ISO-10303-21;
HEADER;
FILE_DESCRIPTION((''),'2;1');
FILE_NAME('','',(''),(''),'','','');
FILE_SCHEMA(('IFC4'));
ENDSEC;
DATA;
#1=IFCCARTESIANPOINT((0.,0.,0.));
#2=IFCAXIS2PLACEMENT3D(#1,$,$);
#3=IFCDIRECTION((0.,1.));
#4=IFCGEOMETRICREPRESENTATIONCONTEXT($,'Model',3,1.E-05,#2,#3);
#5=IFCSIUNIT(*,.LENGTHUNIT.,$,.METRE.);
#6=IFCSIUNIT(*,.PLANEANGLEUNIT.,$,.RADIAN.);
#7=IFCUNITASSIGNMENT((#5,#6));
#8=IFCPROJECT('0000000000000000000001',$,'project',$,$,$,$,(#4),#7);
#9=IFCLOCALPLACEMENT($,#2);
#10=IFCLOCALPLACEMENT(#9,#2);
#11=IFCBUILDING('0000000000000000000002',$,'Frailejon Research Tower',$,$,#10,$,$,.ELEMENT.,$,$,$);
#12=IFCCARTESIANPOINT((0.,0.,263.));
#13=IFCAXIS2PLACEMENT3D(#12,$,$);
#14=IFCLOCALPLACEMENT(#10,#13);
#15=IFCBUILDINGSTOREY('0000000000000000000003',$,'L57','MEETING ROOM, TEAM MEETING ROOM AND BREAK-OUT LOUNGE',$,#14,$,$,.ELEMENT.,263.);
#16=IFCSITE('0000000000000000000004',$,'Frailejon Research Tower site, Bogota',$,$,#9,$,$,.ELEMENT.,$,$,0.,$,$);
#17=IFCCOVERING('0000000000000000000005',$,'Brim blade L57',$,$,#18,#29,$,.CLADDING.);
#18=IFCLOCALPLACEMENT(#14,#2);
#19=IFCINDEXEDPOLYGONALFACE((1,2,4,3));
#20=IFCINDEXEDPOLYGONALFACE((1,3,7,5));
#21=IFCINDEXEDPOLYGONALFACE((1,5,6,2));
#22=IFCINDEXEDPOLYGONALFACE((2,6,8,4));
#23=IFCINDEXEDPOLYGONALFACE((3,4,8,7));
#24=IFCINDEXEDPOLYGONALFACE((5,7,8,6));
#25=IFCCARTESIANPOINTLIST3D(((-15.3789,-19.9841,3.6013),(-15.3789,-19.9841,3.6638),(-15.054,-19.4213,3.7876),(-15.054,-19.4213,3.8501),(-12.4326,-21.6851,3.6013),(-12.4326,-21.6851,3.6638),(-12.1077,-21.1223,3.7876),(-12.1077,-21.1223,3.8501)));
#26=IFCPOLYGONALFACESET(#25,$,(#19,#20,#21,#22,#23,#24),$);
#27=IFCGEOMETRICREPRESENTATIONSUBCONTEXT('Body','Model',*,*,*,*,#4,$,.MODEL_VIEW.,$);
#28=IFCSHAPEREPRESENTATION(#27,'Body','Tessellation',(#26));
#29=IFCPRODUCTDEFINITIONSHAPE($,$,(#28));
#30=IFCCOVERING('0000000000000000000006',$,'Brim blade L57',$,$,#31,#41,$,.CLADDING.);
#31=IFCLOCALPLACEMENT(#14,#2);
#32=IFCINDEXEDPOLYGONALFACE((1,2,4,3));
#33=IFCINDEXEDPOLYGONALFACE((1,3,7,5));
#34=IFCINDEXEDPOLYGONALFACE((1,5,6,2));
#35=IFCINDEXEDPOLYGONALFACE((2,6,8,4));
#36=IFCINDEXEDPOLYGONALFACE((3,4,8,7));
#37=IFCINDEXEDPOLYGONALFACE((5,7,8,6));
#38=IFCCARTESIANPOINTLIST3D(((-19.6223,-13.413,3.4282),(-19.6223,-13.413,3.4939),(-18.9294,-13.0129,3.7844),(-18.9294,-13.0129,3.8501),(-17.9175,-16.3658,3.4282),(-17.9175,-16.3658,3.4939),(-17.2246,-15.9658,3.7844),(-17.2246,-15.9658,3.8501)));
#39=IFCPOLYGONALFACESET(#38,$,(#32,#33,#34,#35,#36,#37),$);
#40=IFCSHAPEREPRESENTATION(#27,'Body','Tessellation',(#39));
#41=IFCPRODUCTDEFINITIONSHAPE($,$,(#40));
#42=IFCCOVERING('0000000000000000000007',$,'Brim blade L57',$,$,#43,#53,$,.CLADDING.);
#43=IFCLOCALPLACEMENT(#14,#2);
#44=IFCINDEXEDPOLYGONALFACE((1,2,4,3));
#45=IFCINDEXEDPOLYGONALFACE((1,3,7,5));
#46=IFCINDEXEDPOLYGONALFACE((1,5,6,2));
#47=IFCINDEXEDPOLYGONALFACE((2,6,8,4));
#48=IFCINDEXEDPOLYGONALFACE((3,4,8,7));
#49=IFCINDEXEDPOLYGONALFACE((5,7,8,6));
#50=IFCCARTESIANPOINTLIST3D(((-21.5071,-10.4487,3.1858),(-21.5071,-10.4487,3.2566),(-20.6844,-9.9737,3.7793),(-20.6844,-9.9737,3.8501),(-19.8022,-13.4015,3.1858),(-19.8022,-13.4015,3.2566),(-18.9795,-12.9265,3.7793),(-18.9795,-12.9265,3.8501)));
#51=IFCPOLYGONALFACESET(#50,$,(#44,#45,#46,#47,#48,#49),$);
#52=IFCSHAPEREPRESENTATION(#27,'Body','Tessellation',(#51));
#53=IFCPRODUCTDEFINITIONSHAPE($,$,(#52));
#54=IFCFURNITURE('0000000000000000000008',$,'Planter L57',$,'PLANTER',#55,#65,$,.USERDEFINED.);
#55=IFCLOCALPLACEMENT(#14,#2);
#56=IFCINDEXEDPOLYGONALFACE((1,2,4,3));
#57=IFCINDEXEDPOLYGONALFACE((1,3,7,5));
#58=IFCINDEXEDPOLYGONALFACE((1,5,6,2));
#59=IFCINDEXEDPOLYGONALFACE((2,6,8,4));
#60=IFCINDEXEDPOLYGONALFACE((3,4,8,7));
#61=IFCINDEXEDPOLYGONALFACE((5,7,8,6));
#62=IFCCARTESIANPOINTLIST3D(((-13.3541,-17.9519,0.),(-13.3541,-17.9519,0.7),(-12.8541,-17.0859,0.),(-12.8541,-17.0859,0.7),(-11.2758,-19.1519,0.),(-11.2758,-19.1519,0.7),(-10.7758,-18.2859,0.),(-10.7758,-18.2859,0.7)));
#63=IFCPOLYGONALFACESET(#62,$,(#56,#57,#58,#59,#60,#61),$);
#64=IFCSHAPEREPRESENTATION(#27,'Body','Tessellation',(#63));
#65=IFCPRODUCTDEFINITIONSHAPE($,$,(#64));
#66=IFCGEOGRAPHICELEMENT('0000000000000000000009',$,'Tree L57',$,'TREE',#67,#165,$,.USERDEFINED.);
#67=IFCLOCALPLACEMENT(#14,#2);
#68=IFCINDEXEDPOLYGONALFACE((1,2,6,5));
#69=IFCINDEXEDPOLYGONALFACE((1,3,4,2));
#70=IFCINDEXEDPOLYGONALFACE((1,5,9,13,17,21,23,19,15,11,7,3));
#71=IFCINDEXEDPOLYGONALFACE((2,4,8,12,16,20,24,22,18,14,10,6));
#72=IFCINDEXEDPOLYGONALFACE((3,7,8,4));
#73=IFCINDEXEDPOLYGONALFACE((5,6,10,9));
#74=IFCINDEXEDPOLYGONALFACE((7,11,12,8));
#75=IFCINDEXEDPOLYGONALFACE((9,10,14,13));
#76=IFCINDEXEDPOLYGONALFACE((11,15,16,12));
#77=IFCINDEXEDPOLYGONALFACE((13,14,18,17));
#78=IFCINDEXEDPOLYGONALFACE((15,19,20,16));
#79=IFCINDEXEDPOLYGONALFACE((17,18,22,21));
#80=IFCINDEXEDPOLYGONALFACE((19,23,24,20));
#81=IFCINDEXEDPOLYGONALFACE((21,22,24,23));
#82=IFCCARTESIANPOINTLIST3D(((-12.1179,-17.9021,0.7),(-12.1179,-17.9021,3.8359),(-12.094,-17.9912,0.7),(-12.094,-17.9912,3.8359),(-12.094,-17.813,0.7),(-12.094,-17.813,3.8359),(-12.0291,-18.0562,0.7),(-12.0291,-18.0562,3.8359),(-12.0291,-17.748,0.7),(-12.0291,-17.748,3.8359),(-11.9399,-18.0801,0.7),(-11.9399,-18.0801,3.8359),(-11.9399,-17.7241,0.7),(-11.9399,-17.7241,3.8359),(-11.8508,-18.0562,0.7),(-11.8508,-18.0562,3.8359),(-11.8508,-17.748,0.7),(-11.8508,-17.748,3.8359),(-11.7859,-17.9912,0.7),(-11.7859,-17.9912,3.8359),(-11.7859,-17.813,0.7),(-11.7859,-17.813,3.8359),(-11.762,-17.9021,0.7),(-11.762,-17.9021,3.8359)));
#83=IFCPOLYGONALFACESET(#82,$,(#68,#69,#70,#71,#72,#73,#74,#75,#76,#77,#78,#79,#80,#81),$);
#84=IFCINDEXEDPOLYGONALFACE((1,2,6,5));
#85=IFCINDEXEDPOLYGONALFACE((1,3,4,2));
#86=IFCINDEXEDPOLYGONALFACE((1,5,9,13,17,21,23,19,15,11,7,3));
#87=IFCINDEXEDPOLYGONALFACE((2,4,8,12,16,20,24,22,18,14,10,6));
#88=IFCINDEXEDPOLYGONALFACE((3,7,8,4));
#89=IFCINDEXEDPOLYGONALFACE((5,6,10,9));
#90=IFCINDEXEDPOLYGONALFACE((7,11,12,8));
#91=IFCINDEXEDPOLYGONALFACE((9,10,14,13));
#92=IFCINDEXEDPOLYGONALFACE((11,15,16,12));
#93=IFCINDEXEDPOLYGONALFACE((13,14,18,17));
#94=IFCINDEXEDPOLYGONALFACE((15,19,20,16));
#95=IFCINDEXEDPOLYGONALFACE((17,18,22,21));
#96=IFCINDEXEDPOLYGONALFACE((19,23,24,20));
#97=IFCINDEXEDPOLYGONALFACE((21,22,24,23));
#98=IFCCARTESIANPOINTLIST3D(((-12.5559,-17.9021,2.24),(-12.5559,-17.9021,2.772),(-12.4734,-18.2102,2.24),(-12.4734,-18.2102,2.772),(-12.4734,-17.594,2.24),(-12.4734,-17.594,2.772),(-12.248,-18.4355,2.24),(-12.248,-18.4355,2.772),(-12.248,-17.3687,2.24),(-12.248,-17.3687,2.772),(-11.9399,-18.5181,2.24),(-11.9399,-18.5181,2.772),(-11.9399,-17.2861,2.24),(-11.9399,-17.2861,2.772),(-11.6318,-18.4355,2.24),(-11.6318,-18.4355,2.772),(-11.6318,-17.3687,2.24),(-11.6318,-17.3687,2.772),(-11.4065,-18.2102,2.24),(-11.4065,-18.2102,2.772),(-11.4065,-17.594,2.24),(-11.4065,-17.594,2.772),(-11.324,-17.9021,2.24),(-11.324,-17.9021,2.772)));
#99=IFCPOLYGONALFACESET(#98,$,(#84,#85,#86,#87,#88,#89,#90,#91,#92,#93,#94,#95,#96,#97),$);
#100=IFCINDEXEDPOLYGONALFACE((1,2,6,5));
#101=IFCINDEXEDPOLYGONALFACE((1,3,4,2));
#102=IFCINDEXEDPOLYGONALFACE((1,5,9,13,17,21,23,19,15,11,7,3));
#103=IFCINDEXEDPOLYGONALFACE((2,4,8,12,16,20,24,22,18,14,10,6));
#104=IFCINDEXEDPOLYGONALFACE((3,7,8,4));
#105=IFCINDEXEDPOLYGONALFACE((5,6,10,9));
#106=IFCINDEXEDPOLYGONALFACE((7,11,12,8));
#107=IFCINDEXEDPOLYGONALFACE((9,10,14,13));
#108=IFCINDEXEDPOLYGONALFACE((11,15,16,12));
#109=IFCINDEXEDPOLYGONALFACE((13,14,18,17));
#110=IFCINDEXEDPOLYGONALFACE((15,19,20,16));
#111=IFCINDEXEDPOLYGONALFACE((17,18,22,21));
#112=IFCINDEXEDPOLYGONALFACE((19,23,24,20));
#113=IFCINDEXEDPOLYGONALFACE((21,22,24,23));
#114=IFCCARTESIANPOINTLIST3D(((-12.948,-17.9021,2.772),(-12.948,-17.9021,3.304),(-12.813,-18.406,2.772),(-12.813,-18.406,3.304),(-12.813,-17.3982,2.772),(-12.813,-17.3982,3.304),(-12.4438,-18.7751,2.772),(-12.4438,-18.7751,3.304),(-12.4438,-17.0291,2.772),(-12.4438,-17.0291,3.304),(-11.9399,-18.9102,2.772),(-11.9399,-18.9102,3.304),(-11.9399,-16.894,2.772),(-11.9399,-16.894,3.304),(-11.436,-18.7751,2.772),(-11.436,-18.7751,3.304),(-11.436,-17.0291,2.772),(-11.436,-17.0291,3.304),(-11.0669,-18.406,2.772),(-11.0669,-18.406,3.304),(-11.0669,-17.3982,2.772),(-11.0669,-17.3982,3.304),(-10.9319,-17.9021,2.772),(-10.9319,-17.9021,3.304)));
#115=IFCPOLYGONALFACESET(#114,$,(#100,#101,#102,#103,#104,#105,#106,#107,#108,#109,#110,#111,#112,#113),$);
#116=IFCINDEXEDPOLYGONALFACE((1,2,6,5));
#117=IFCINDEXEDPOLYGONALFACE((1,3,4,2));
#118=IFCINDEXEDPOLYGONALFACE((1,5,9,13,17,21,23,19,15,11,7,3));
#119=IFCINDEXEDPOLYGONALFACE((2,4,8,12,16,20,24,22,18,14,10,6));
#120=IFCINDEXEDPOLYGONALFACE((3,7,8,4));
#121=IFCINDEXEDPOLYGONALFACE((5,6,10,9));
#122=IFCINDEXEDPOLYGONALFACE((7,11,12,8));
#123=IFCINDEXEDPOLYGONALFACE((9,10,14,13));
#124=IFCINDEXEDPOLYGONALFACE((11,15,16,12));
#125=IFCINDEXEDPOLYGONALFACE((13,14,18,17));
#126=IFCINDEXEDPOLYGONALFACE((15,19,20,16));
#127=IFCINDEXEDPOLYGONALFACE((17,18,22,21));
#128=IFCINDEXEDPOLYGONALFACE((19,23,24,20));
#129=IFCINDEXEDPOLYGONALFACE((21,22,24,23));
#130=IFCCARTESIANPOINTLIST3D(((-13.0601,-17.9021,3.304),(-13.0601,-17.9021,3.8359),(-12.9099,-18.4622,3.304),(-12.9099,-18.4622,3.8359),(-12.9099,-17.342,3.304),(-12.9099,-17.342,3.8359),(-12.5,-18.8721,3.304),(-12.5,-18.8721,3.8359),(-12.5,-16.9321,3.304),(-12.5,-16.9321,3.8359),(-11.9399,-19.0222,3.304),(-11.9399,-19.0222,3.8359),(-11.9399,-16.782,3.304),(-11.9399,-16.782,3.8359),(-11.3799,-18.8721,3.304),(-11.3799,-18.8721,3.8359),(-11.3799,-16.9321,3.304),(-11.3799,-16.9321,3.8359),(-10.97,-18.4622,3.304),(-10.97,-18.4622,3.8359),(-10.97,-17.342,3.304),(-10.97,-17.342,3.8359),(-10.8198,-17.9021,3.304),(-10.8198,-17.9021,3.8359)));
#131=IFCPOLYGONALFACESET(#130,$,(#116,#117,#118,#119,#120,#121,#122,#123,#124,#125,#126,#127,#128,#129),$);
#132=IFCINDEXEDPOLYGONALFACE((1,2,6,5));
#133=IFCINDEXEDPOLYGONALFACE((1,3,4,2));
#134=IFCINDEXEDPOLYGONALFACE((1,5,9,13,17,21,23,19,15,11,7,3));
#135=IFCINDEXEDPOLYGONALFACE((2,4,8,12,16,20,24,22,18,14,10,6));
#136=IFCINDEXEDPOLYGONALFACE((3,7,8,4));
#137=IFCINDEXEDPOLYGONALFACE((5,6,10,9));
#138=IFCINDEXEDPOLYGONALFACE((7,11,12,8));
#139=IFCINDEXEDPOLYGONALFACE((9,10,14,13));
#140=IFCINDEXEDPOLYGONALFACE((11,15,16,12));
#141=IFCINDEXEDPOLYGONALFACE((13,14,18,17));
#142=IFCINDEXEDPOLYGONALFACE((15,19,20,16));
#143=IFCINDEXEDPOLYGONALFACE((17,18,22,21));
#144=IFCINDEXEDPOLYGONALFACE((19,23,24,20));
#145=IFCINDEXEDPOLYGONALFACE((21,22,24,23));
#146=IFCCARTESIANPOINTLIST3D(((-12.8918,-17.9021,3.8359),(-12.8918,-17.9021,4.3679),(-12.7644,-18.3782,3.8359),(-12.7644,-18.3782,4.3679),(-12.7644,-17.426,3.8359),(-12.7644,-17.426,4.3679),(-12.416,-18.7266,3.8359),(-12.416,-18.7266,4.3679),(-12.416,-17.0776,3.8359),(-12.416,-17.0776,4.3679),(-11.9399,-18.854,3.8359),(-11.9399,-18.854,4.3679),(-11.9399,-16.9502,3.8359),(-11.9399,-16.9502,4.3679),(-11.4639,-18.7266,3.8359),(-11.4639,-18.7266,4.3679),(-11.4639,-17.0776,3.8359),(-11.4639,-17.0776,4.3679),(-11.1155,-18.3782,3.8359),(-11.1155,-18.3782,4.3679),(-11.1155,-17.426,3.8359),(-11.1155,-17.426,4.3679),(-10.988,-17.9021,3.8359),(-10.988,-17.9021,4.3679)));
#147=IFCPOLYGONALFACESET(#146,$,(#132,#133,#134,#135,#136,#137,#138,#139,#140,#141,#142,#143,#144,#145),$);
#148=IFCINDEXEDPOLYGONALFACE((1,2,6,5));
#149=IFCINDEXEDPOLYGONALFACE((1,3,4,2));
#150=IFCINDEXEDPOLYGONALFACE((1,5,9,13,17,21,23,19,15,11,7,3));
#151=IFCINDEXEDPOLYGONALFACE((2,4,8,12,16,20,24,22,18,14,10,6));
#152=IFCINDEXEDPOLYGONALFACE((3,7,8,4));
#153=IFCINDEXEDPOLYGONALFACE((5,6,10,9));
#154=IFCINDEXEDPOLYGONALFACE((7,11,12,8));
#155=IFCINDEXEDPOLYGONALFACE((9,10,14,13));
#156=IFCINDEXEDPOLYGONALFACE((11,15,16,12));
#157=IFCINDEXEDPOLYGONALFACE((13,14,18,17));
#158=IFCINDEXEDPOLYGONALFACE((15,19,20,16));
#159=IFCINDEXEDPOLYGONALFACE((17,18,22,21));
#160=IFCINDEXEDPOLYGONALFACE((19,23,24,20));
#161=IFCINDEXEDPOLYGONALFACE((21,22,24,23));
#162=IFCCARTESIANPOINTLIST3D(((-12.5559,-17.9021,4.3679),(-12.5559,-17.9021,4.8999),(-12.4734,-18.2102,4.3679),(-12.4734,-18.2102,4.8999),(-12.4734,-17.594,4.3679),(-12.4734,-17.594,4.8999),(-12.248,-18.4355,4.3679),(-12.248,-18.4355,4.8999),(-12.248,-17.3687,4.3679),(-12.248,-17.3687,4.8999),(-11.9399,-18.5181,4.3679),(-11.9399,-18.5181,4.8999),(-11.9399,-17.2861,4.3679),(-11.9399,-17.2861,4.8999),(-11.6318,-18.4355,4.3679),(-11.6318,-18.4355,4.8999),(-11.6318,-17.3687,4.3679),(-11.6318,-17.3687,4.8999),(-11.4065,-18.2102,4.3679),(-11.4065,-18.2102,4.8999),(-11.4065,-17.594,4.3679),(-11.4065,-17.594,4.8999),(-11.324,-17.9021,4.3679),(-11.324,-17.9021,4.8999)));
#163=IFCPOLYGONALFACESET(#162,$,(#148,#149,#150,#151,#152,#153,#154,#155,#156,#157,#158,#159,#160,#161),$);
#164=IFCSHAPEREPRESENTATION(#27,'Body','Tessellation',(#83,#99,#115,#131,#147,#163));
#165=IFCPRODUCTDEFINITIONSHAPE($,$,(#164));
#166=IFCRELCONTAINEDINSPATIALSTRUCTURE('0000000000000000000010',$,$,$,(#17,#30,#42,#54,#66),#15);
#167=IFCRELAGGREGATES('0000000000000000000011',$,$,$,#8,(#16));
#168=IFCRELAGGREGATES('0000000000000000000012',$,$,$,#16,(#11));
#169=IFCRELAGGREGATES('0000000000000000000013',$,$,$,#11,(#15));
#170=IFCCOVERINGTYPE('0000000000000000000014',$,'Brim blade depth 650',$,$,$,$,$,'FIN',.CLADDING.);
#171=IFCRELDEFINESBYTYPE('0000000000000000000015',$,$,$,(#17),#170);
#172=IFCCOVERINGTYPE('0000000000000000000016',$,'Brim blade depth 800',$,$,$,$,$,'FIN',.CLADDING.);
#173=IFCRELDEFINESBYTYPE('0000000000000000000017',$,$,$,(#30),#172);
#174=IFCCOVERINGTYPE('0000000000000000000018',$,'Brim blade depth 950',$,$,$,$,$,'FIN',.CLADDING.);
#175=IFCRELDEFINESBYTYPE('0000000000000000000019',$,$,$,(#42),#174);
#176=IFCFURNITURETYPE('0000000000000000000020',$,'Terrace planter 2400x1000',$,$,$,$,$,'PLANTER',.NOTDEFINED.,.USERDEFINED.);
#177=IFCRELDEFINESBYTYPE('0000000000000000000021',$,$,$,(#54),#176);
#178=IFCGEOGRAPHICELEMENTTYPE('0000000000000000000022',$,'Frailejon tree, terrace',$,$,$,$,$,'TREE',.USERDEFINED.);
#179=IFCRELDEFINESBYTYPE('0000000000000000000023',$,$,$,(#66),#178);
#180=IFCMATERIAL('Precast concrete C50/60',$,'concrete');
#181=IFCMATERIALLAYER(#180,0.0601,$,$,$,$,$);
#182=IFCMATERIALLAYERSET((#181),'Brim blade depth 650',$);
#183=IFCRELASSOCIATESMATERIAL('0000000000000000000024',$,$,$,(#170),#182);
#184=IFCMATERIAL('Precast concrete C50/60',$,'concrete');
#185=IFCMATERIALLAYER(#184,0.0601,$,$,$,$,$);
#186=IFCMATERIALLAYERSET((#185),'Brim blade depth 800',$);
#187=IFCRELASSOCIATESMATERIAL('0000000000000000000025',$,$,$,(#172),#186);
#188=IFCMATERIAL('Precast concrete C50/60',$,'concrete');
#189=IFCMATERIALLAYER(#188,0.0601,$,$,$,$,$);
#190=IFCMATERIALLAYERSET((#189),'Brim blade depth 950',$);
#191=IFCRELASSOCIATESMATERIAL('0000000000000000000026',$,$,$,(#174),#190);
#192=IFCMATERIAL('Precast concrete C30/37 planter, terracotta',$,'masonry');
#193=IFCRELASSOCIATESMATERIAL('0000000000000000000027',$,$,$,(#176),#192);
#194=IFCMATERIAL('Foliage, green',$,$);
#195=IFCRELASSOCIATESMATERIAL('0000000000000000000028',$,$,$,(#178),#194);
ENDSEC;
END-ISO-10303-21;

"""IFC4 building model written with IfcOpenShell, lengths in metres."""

from ifc_helpers import new_model, si_unit, direction, frame, origin, origin_2d, place, context, subcontext, project, spatial, polyline, rectangle, outline, extrude, material, layer, layer_set, type_object, element, save


model = new_model("IFC4")

# Units and contexts
model_context = context("Model", 3, precision=1e-05, world=origin(), true_north=direction((0.0, 1.0)))
body_context = subcontext(model_context, "Body", "Model", "MODEL_VIEW")
ifc_project = project(units=[si_unit("LENGTHUNIT", "METRE"), si_unit("PLANEANGLEUNIT", "RADIAN")], contexts=[model_context])

# Site, building, storey
site_placement = place(None, origin())
site = spatial("IfcSite", under=ifc_project, at=site_placement, Name="Frailejon Research Tower site, Bogota", CompositionType="ELEMENT", RefElevation=0.0)
building_placement = place(site_placement, origin())
building = spatial("IfcBuilding", under=site, at=building_placement, Name="Frailejon Research Tower", CompositionType="ELEMENT")
storey_placement = place(building_placement, frame((0.0, 0.0, 263.0)))
storey = spatial("IfcBuildingStorey", under=building, at=storey_placement, Name="L57", Description="MEETING ROOM, TEAM MEETING ROOM AND BREAK-OUT LOUNGE", CompositionType="ELEMENT", Elevation=263.0)

# Coverings
ifc_material_1 = material(Name="Precast concrete C50/60", Category="concrete")
ifc_layer_1 = layer(ifc_material_1, 0.0601)
ifc_layer_set_1 = layer_set([ifc_layer_1], Name="Brim blade depth 650")
covering_type_1 = type_object("IfcCoveringType", Name="Brim blade depth 650", ElementType="FIN", PredefinedType="CLADDING", material=ifc_layer_set_1)
covering_1_placement = place(storey_placement, frame((-12.1077, -21.1223, 3.8501), z_axis=(-0.866024, 0.500003, 0.0), x_axis=(-0.500003, -0.866024, 0.0)))
element("IfcCovering", 1, at=covering_1_placement, inside=storey, type_object=covering_type_1, Name="Brim blade L57", PredefinedType="CLADDING", context=body_context, shape_type="SweptSolid", body=[
    extrude(outline(polyline([(0.0, -0.0625), (0.6499, -0.2488), (0.6499, -0.1863), (0.0, 0.0), (0.0, -0.0625)])), origin(), (0.0, 0.0, 1.0), 3.4021),
])
ifc_material_2 = material(Name="Precast concrete C50/60", Category="concrete")
ifc_layer_2 = layer(ifc_material_2, 0.0601)
ifc_layer_set_2 = layer_set([ifc_layer_2], Name="Brim blade depth 800")
covering_type_2 = type_object("IfcCoveringType", Name="Brim blade depth 800", ElementType="FIN", PredefinedType="CLADDING", material=ifc_layer_set_2)
covering_2_placement = place(storey_placement, frame((-17.2246, -15.9658, 3.8501), z_axis=(-0.499988, 0.866032, 0.0), x_axis=(-0.866032, -0.499988, 0.0)))
element("IfcCovering", 2, at=covering_2_placement, inside=storey, type_object=covering_type_2, Name="Brim blade L57", PredefinedType="CLADDING", context=body_context, shape_type="SweptSolid", body=[
    extrude(outline(polyline([(0.0, -0.0657), (0.8, -0.4219), (0.8, -0.3562), (0.0, 0.0), (0.0, -0.0657)])), origin(), (0.0, 0.0, 1.0), 3.4097),
])
ifc_material_3 = material(Name="Precast concrete C50/60", Category="concrete")
ifc_layer_3 = layer(ifc_material_3, 0.0601)
ifc_layer_set_3 = layer_set([ifc_layer_3], Name="Brim blade depth 950")
covering_type_3 = type_object("IfcCoveringType", Name="Brim blade depth 950", ElementType="FIN", PredefinedType="CLADDING", material=ifc_layer_set_3)
covering_3_placement = place(storey_placement, frame((-18.9795, -12.9265, 3.8501), z_axis=(-0.500022, 0.866013, 0.0), x_axis=(-0.866013, -0.500022, 0.0)))
element("IfcCovering", 3, at=covering_3_placement, inside=storey, type_object=covering_type_3, Name="Brim blade L57", PredefinedType="CLADDING", context=body_context, shape_type="SweptSolid", body=[
    extrude(outline(polyline([(0.0, -0.0708), (0.95, -0.6643), (0.95, -0.5935), (0.0, 0.0), (0.0, -0.0708)])), origin(), (0.0, 0.0, 1.0), 3.4097),
])

# Furniture
ifc_material_4 = material(Name="Precast concrete C30/37 planter, terracotta", Category="masonry")
furniture_type = type_object("IfcFurnitureType", Name="Terrace planter 2400x1000", ElementType="PLANTER", AssemblyPlace="NOTDEFINED", PredefinedType="USERDEFINED", material=ifc_material_4)
furniture_placement = place(storey_placement, frame((-12.0649, -18.1189, 0.0), z_axis=(0.0, 0.0, 1.0), x_axis=(0.866025, -0.5, 0.0)))
element("IfcFurniture", 4, at=furniture_placement, inside=storey, type_object=furniture_type, Name="Planter L57", ObjectType="PLANTER", PredefinedType="USERDEFINED", context=body_context, shape_type="SweptSolid", body=[
    extrude(rectangle(XDim=2.3999, YDim=1.0, at=origin_2d()), origin(), (0.0, 0.0, 1.0), 0.7),
])

# Geographic element
ifc_material_5 = material(Name="Foliage, green")
geographic_element_type = type_object("IfcGeographicElementType", Name="Frailejon tree, terrace", ElementType="TREE", PredefinedType="USERDEFINED", material=ifc_material_5)
geographic_element_placement = place(storey_placement, frame((-11.9399, -17.9021, 0.7)))
element("IfcGeographicElement", 5, at=geographic_element_placement, inside=storey, type_object=geographic_element_type, Name="Tree L57", ObjectType="TREE", PredefinedType="USERDEFINED", context=body_context, shape_type="SweptSolid", body=[
    extrude(outline(polyline([(0.178, 0.0), (0.1541, 0.0891), (0.0891, 0.1541), (0.0, 0.178), (-0.0891, 0.1541), (-0.1541, 0.0891), (-0.178, 0.0), (-0.1541, -0.0891), (-0.0891, -0.1541), (0.0, -0.178), (0.0891, -0.1541), (0.1541, -0.0891), (0.178, 0.0)])), origin(), (0.0, 0.0, 1.0), 3.136),
    extrude(outline(polyline([(0.616, 0.0), (0.5334, 0.3081), (0.3081, 0.5334), (0.0, 0.616), (-0.3081, 0.5334), (-0.5334, 0.3081), (-0.616, 0.0), (-0.5334, -0.3081), (-0.3081, -0.5334), (0.0, -0.616), (0.3081, -0.5334), (0.5334, -0.3081), (0.616, 0.0)])), frame((0.0, 0.0, 1.54)), (0.0, 0.0, 1.0), 0.532),
    extrude(outline(polyline([(1.0081, 0.0), (0.873, 0.5039), (0.5039, 0.873), (0.0, 1.0081), (-0.5039, 0.873), (-0.873, 0.5039), (-1.0081, 0.0), (-0.873, -0.5039), (-0.5039, -0.873), (0.0, -1.0081), (0.5039, -0.873), (0.873, -0.5039), (1.0081, 0.0)])), frame((0.0, 0.0, 2.072)), (0.0, 0.0, 1.0), 0.532),
    extrude(outline(polyline([(1.1201, 0.0), (0.97, 0.5601), (0.5601, 0.97), (0.0, 1.1201), (-0.5601, 0.97), (-0.97, 0.5601), (-1.1201, 0.0), (-0.97, -0.5601), (-0.5601, -0.97), (0.0, -1.1201), (0.5601, -0.97), (0.97, -0.5601), (1.1201, 0.0)])), frame((0.0, 0.0, 2.604)), (0.0, 0.0, 1.0), 0.532),
    extrude(outline(polyline([(0.9519, 0.0), (0.8245, 0.4761), (0.4761, 0.8245), (0.0, 0.9519), (-0.4761, 0.8245), (-0.8245, 0.4761), (-0.9519, 0.0), (-0.8245, -0.4761), (-0.4761, -0.8245), (0.0, -0.9519), (0.4761, -0.8245), (0.8245, -0.4761), (0.9519, 0.0)])), frame((0.0, 0.0, 3.136)), (0.0, 0.0, 1.0), 0.532),
    extrude(outline(polyline([(0.616, 0.0), (0.5334, 0.3081), (0.3081, 0.5334), (0.0, 0.616), (-0.3081, 0.5334), (-0.5334, 0.3081), (-0.616, 0.0), (-0.5334, -0.3081), (-0.3081, -0.5334), (0.0, -0.616), (0.3081, -0.5334), (0.5334, -0.3081), (0.616, 0.0)])), frame((0.0, 0.0, 3.668)), (0.0, 0.0, 1.0), 0.532),
])

save(model, "model.ifc")
